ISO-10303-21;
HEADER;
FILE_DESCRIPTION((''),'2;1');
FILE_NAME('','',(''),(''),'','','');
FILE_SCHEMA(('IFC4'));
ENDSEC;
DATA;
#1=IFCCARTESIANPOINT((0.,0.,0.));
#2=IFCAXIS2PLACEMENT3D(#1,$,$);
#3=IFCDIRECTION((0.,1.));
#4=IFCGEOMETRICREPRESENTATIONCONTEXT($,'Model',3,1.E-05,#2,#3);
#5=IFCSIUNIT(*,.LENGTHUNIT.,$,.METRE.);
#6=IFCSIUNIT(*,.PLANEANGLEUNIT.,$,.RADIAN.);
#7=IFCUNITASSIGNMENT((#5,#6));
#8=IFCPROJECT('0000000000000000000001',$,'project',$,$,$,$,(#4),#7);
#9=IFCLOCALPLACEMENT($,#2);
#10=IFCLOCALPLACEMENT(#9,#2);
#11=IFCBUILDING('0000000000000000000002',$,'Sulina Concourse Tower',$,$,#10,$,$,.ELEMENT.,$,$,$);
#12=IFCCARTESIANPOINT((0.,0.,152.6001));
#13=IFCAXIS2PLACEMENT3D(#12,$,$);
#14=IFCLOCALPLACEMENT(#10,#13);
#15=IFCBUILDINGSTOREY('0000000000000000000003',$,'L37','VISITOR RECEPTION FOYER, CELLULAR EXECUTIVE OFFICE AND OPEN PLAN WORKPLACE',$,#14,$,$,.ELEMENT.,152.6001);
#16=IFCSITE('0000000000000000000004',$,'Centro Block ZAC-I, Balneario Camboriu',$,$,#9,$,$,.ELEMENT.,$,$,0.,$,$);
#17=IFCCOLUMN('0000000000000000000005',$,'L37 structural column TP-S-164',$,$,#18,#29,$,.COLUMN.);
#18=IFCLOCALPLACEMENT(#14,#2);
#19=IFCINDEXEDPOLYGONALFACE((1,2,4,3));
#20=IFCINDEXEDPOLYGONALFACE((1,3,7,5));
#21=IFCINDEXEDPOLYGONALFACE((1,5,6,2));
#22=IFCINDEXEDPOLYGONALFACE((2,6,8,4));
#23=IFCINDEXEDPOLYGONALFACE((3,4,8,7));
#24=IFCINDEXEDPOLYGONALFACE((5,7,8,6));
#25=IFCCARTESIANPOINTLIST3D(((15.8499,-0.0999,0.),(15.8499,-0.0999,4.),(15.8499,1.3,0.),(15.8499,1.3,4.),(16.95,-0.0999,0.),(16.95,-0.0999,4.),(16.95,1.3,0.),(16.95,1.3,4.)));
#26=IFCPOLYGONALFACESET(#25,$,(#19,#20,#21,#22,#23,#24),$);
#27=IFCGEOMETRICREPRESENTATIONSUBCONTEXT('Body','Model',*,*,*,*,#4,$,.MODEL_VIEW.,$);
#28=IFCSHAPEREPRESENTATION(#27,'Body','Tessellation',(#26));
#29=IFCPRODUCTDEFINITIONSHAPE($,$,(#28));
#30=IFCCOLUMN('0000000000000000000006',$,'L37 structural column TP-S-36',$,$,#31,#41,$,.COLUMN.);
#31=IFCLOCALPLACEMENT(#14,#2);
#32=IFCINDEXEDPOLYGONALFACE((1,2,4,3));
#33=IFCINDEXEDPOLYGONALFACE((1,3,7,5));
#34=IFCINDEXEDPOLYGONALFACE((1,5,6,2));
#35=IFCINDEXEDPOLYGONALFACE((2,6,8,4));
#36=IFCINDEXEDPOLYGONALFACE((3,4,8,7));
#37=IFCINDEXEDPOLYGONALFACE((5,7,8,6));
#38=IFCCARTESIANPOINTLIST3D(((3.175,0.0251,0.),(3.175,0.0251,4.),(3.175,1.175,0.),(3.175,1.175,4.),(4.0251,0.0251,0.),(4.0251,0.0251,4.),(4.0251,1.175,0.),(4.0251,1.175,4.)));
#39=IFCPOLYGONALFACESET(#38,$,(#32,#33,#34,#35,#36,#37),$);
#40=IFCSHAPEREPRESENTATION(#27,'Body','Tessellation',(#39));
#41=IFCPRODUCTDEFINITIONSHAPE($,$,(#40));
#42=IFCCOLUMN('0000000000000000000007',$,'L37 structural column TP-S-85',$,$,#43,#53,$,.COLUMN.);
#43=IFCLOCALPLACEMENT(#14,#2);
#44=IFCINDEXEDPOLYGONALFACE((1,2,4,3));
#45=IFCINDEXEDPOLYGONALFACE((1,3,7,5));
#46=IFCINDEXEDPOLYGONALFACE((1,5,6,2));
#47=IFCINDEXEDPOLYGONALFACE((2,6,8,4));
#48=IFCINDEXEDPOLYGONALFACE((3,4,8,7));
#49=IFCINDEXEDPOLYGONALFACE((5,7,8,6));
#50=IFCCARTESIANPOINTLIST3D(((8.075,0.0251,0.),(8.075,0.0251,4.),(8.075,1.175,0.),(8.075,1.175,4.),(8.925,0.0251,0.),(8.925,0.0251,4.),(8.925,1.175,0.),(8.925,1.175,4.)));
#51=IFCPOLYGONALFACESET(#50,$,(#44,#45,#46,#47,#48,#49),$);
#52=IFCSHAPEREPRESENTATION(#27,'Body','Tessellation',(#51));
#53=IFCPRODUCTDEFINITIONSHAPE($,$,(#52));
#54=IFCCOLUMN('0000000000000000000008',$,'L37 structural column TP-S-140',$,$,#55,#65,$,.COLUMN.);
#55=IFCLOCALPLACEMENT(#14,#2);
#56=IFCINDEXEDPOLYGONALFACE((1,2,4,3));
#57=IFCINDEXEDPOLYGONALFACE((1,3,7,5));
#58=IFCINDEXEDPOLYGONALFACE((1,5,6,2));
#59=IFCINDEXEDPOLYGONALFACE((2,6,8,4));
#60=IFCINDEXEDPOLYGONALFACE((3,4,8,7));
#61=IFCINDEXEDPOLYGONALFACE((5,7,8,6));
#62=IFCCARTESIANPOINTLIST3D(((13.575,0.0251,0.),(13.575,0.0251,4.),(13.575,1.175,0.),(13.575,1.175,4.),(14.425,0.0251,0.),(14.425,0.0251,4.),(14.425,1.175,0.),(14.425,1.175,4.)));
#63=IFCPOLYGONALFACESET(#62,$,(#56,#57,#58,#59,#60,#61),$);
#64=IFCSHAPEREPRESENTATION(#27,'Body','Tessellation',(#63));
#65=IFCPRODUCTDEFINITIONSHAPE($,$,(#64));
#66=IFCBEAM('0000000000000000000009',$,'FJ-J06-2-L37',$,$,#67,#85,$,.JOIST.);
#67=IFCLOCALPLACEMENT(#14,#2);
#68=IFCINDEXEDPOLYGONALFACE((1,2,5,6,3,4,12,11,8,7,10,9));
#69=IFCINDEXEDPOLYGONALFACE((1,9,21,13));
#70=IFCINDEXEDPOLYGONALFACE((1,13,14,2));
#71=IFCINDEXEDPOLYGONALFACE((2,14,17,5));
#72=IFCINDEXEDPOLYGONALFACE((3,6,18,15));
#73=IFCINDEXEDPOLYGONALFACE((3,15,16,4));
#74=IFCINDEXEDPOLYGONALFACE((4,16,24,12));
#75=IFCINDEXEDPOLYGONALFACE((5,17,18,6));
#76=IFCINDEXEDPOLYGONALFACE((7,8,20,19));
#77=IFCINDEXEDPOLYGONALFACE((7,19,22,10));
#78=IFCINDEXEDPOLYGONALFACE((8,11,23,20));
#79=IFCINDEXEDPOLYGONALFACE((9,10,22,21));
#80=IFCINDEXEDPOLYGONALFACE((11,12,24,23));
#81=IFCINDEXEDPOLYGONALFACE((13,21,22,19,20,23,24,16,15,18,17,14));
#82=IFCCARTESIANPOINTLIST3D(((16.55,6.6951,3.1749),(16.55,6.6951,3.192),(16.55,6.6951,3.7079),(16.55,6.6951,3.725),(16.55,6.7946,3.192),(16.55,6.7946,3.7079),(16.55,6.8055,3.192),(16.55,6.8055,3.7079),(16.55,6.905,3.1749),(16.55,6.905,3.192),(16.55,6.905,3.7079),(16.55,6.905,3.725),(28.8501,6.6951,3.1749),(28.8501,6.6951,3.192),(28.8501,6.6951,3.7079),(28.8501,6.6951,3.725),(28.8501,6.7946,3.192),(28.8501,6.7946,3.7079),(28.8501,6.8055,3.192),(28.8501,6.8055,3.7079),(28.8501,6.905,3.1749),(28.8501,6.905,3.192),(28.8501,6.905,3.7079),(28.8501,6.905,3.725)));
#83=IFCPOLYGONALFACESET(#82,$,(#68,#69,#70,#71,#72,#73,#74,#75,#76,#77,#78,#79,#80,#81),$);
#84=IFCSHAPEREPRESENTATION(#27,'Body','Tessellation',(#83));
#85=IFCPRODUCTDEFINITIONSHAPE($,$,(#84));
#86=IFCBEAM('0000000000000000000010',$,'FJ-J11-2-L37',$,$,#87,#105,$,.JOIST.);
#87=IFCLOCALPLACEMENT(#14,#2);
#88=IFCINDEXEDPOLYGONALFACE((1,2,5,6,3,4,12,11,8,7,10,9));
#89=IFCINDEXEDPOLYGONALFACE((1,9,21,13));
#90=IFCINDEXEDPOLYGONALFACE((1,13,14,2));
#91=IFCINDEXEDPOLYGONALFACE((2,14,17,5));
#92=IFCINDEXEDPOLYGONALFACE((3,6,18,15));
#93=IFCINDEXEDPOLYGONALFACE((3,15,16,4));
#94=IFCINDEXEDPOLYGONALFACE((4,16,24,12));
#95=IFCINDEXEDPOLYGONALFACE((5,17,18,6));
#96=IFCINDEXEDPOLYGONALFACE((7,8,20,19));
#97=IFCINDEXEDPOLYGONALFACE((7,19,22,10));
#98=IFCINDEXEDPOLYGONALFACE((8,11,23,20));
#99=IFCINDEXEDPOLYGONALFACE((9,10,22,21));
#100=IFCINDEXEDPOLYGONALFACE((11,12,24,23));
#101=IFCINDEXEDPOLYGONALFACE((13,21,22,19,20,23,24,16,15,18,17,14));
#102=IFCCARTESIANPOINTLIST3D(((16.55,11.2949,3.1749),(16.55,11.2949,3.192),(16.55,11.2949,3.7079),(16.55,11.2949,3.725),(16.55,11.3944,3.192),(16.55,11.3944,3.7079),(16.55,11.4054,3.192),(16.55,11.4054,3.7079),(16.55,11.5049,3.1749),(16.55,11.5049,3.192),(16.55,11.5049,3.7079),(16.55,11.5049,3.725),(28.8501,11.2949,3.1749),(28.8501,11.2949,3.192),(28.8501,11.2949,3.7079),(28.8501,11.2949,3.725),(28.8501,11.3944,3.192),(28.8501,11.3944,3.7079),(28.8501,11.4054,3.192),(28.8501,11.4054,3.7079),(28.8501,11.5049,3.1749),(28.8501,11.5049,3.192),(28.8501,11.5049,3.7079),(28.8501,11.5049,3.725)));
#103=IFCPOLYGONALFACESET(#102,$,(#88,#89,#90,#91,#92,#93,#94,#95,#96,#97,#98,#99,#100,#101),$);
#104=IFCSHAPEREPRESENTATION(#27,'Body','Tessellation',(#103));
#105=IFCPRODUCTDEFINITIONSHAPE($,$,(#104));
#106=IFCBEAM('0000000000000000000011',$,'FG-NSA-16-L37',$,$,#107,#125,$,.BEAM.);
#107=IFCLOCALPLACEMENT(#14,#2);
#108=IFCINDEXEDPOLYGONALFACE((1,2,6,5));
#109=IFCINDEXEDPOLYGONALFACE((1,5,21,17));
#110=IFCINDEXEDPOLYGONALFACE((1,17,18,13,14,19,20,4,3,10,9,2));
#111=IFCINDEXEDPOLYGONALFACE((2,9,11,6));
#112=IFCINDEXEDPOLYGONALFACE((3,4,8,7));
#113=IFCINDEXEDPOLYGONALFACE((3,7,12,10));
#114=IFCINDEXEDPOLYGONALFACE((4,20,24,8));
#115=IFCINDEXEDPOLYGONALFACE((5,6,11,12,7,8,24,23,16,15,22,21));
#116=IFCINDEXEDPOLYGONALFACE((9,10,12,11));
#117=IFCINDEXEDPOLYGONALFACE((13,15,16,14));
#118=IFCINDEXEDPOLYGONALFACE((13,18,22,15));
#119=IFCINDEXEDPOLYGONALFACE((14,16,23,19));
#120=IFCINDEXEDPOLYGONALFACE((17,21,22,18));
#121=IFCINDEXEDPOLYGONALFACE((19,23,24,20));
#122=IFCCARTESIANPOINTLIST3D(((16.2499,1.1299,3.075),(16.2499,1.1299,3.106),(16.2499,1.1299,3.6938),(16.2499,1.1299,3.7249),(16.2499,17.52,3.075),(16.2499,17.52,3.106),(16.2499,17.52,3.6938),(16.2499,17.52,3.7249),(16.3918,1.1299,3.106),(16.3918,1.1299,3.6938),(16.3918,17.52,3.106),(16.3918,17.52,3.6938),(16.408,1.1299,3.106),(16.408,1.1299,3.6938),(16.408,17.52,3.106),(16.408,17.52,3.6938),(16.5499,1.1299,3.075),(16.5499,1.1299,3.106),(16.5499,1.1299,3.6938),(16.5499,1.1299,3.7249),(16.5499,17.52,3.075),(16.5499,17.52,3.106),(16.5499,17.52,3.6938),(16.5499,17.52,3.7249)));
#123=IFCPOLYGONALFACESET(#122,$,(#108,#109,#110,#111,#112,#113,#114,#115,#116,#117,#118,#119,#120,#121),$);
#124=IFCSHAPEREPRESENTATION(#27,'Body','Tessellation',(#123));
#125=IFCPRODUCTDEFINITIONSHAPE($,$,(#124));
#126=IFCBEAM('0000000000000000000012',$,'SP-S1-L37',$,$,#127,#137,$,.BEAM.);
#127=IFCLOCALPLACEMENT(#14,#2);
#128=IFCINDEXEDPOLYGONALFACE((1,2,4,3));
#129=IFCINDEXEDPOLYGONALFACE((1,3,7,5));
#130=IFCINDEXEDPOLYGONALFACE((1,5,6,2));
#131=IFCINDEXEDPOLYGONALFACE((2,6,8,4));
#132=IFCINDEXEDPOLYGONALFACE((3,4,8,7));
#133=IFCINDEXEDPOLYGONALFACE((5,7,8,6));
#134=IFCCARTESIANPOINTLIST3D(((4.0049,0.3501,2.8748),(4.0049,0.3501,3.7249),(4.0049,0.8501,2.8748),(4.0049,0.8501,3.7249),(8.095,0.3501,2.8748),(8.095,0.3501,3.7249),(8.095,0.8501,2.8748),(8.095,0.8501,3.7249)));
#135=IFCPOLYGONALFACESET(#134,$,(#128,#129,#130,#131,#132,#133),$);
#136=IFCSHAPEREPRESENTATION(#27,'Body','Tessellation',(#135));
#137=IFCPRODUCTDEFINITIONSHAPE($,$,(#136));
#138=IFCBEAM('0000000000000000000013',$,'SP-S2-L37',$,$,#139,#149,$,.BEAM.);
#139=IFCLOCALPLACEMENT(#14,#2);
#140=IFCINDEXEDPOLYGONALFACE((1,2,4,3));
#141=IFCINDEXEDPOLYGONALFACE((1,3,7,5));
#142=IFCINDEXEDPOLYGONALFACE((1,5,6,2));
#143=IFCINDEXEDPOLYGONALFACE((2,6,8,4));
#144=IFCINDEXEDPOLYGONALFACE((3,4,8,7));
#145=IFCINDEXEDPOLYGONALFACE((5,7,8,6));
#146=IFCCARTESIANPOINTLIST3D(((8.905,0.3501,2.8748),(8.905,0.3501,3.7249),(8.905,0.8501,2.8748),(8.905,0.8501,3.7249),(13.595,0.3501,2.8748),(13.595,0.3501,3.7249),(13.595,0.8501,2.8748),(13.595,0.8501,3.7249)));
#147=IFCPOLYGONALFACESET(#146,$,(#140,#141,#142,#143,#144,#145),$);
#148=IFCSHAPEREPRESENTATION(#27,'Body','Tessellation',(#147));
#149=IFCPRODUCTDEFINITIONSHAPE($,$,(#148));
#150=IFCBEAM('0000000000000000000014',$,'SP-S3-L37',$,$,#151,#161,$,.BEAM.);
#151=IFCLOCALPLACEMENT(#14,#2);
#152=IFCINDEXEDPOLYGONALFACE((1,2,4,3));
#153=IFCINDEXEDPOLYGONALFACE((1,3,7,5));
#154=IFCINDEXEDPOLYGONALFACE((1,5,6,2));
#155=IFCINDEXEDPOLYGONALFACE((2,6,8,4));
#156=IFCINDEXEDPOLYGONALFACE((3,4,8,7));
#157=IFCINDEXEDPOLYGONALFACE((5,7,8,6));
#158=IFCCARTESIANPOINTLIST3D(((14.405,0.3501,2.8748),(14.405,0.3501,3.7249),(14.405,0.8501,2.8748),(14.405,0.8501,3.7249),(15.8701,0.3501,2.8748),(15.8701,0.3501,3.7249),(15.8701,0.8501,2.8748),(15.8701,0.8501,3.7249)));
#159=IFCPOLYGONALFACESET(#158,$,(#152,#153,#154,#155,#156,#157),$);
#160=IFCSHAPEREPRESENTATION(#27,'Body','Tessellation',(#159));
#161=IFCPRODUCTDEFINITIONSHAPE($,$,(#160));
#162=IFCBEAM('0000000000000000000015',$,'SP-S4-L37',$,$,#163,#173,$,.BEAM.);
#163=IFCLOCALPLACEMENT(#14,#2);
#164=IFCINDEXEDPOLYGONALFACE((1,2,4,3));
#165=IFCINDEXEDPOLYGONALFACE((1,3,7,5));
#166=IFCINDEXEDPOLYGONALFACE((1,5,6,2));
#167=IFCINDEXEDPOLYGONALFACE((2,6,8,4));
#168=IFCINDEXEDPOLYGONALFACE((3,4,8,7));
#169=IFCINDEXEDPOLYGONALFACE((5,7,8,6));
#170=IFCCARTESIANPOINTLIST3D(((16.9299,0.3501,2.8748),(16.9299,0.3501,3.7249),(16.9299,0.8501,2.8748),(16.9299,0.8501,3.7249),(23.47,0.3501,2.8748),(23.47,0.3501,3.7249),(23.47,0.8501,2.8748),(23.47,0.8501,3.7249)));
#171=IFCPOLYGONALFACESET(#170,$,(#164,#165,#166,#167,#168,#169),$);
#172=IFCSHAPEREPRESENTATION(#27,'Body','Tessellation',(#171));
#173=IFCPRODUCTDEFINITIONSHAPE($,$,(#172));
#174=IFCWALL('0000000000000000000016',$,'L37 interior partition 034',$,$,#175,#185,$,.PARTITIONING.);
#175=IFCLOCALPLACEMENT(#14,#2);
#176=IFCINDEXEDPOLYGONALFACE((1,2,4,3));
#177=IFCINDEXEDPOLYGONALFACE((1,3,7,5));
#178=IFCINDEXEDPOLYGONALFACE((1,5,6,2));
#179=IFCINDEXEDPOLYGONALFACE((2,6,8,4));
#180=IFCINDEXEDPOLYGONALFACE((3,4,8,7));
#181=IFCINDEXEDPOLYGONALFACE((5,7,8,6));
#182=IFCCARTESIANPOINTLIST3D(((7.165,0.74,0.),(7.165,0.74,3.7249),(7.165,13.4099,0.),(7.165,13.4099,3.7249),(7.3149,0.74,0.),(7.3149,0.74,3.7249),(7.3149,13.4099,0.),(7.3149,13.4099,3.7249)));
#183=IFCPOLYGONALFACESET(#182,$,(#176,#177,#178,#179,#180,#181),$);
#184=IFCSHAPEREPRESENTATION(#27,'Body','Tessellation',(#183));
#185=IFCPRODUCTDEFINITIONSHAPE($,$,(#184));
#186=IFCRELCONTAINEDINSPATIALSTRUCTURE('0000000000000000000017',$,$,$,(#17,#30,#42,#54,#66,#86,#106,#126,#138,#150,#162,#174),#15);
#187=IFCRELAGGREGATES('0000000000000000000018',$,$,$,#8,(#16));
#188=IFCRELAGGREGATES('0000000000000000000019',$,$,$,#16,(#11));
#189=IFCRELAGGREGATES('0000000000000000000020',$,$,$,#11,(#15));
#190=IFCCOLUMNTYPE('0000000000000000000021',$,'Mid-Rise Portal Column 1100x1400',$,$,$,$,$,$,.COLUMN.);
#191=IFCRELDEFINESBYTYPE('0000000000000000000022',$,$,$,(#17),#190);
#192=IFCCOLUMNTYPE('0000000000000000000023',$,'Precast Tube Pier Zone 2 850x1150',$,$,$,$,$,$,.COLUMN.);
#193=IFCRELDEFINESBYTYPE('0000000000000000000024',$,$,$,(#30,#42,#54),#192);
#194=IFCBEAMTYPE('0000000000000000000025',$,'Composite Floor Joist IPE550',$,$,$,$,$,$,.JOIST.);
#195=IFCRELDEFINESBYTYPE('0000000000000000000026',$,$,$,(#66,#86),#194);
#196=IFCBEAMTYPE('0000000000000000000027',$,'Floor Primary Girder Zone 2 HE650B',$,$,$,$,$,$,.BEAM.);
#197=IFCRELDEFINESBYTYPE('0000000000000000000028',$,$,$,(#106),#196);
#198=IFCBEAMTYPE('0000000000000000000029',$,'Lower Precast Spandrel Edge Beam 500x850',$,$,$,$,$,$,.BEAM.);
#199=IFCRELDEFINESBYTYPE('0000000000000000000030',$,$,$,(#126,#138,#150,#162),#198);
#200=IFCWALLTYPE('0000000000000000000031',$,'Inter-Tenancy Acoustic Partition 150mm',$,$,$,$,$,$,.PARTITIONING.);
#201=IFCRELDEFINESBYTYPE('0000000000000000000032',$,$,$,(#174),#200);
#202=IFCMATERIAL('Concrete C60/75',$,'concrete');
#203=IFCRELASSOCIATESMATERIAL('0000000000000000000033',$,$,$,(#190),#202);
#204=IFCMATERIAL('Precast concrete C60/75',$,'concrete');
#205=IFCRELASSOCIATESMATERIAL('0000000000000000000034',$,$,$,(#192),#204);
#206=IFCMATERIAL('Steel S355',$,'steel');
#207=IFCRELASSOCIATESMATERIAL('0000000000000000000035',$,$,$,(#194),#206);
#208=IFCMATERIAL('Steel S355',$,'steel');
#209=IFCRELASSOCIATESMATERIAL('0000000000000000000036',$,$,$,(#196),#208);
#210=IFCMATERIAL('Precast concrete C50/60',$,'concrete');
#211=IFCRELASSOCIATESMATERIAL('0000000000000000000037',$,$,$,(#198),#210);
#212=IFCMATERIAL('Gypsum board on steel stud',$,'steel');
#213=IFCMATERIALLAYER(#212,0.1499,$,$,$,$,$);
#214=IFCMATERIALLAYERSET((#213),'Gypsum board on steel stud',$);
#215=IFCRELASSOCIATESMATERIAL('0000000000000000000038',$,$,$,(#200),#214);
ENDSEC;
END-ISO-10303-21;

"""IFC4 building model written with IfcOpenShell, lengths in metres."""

from ifc_helpers import new_model, si_unit, direction, frame, frame_2d, origin, origin_2d, place, context, subcontext, project, spatial, rectangle, i_section, extrude, material, layer, layer_set, material_profile, profile_set, type_object, element, save


model = new_model("IFC4")

# Units and contexts
model_context = context("Model", 3, precision=1e-05, world=origin(), true_north=direction((0.0, 1.0)))
body_context = subcontext(model_context, "Body", "Model", "MODEL_VIEW")
ifc_project = project(units=[si_unit("LENGTHUNIT", "METRE"), si_unit("PLANEANGLEUNIT", "RADIAN")], contexts=[model_context])

# Site, building, storey
site_placement = place(None, origin())
site = spatial("IfcSite", under=ifc_project, at=site_placement, Name="Centro Block ZAC-I, Balneario Camboriu", CompositionType="ELEMENT", RefElevation=0.0)
building_placement = place(site_placement, origin())
building = spatial("IfcBuilding", under=site, at=building_placement, Name="Sulina Concourse Tower", CompositionType="ELEMENT")
storey_placement = place(building_placement, frame((0.0, 0.0, 152.6001)))
storey = spatial("IfcBuildingStorey", under=building, at=storey_placement, Name="L37", Description="VISITOR RECEPTION FOYER, CELLULAR EXECUTIVE OFFICE AND OPEN PLAN WORKPLACE", CompositionType="ELEMENT", Elevation=152.6001)

# Columns
ifc_material_1 = material(Name="Concrete C60/75", Category="concrete")
ifc_material_profile_1 = material_profile(ifc_material_1, rectangle(XDim=1.1001, YDim=1.3999, at=origin_2d()), Name="RC 1100x1400")
ifc_profile_set_1 = profile_set([ifc_material_profile_1], Name="Concrete C60/75")
column_type_1 = type_object("IfcColumnType", Name="Mid-Rise Portal Column 1100x1400", PredefinedType="COLUMN", material=ifc_profile_set_1)
column_placement = place(storey_placement, frame((16.3999, 0.6001, 0.0), z_axis=(0.0, 0.0, 1.0), x_axis=(1.0, 0.0, 0.0)))
element("IfcColumn", 1, at=column_placement, inside=storey, type_object=column_type_1, Name="L37 structural column TP-S-164", PredefinedType="COLUMN", context=body_context, shape_type="SweptSolid", body=[
    extrude(rectangle(XDim=1.1001, YDim=1.3999, at=origin_2d()), origin(), (0.0, 0.0, 1.0), 4.0),
])
ifc_material_2 = material(Name="Precast concrete C60/75", Category="concrete")
ifc_material_profile_2 = material_profile(ifc_material_2, rectangle(XDim=0.8501, YDim=1.1499, at=origin_2d()), Name="PC 850x1150")
ifc_profile_set_2 = profile_set([ifc_material_profile_2], Name="Precast concrete C60/75")
column_type_2 = type_object("IfcColumnType", Name="Precast Tube Pier Zone 2 850x1150", PredefinedType="COLUMN", material=ifc_profile_set_2)
for number, where, z_axis, x_axis, name in (
    (2, (3.6001, 0.6001, 0.0), (0.0, 0.0, 1.0), (1.0, 0.0, 0.0), "L37 structural column TP-S-36"),
    (3, (8.5, 0.6001, 0.0), (0.0, 0.0, 1.0), (1.0, 0.0, 0.0), "L37 structural column TP-S-85"),
    (4, (14.0, 0.6001, 0.0), (0.0, 0.0, 1.0), (1.0, 0.0, 0.0), "L37 structural column TP-S-140"),
):
    element("IfcColumn", number, at=place(storey_placement, frame(where, z_axis=z_axis, x_axis=x_axis)), inside=storey, type_object=column_type_2, Name=name, PredefinedType="COLUMN", context=body_context, shape_type="SweptSolid", body=[
        extrude(rectangle(XDim=0.8501, YDim=1.1499, at=origin_2d()), origin(), (0.0, 0.0, 1.0), 4.0),
    ])

# Beams
ifc_material_3 = material(Name="Steel S355", Category="steel")
ifc_material_profile_3 = material_profile(ifc_material_3, i_section(OverallWidth=0.21, OverallDepth=0.55, WebThickness=0.011, FlangeThickness=0.0171, at=origin_2d()), Name="IPE 550")
ifc_profile_set_3 = profile_set([ifc_material_profile_3], Name="Steel S355")
beam_type_1 = type_object("IfcBeamType", Name="Composite Floor Joist IPE550", PredefinedType="JOIST", material=ifc_profile_set_3)
for number, where, z_axis, x_axis, name in (
    (5, (16.55, 6.8, 3.45), (1.0, 0.0, 0.0), (0.0, 1.0, 0.0), "FJ-J06-2-L37"),
    (6, (16.55, 11.3999, 3.45), (1.0, 0.0, 0.0), (0.0, 1.0, 0.0), "FJ-J11-2-L37"),
):
    element("IfcBeam", number, at=place(storey_placement, frame(where, z_axis=z_axis, x_axis=x_axis)), inside=storey, type_object=beam_type_1, Name=name, PredefinedType="JOIST", context=body_context, shape_type="SweptSolid", body=[
        extrude(i_section(OverallWidth=0.21, OverallDepth=0.55, WebThickness=0.011, FlangeThickness=0.0171, at=origin_2d()), origin(), (0.0, 0.0, 1.0), 12.3),
    ])
ifc_material_4 = material(Name="Steel S355", Category="steel")
ifc_material_profile_4 = material_profile(ifc_material_4, i_section(OverallWidth=0.3, OverallDepth=0.6499, WebThickness=0.0161, FlangeThickness=0.031, at=origin_2d()), Name="HE 650 B")
ifc_profile_set_4 = profile_set([ifc_material_profile_4], Name="Steel S355")
beam_type_2 = type_object("IfcBeamType", Name="Floor Primary Girder Zone 2 HE650B", PredefinedType="BEAM", material=ifc_profile_set_4)
beam_1_placement = place(storey_placement, frame((16.3999, 1.1299, 3.3999), z_axis=(0.0, 1.0, 0.0), x_axis=(-1.0, 0.0, 0.0)))
element("IfcBeam", 7, at=beam_1_placement, inside=storey, type_object=beam_type_2, Name="FG-NSA-16-L37", PredefinedType="BEAM", context=body_context, shape_type="SweptSolid", body=[
    extrude(i_section(OverallWidth=0.3, OverallDepth=0.6499, WebThickness=0.0161, FlangeThickness=0.031, at=origin_2d()), origin(), (0.0, 0.0, 1.0), 16.3901),
])
ifc_material_5 = material(Name="Precast concrete C50/60", Category="concrete")
ifc_material_profile_5 = material_profile(ifc_material_5, rectangle(XDim=0.5, YDim=0.8501, at=origin_2d()), Name="RC 500x850")
ifc_profile_set_5 = profile_set([ifc_material_profile_5], Name="Precast concrete C50/60")
beam_type_3 = type_object("IfcBeamType", Name="Lower Precast Spandrel Edge Beam 500x850", PredefinedType="BEAM", material=ifc_profile_set_5)
beam_2_placement = place(storey_placement, frame((4.0049, 0.6001, 3.2998), z_axis=(1.0, 0.0, 0.0), x_axis=(0.0, 1.0, 0.0)))
element("IfcBeam", 8, at=beam_2_placement, inside=storey, type_object=beam_type_3, Name="SP-S1-L37", PredefinedType="BEAM", context=body_context, shape_type="SweptSolid", body=[
    extrude(rectangle(XDim=0.5, YDim=0.8501, at=origin_2d()), origin(), (0.0, 0.0, 1.0), 4.0901),
])
beam_3_placement = place(storey_placement, frame((8.905, 0.6001, 3.2998), z_axis=(1.0, 0.0, 0.0), x_axis=(0.0, 1.0, 0.0)))
element("IfcBeam", 9, at=beam_3_placement, inside=storey, type_object=beam_type_3, Name="SP-S2-L37", PredefinedType="BEAM", context=body_context, shape_type="SweptSolid", body=[
    extrude(rectangle(XDim=0.5, YDim=0.8501, at=origin_2d()), origin(), (0.0, 0.0, 1.0), 4.6899),
])
beam_4_placement = place(storey_placement, frame((14.405, 0.6001, 3.2998), z_axis=(1.0, 0.0, 0.0), x_axis=(0.0, 1.0, 0.0)))
element("IfcBeam", 10, at=beam_4_placement, inside=storey, type_object=beam_type_3, Name="SP-S3-L37", PredefinedType="BEAM", context=body_context, shape_type="SweptSolid", body=[
    extrude(rectangle(XDim=0.5, YDim=0.8501, at=origin_2d()), origin(), (0.0, 0.0, 1.0), 1.4651),
])
beam_5_placement = place(storey_placement, frame((16.9299, 0.6001, 3.2998), z_axis=(1.0, 0.0, 0.0), x_axis=(0.0, 1.0, 0.0)))
element("IfcBeam", 11, at=beam_5_placement, inside=storey, type_object=beam_type_3, Name="SP-S4-L37", PredefinedType="BEAM", context=body_context, shape_type="SweptSolid", body=[
    extrude(rectangle(XDim=0.5, YDim=0.8501, at=origin_2d()), origin(), (0.0, 0.0, 1.0), 6.54),
])

# Wall
ifc_material_6 = material(Name="Gypsum board on steel stud", Category="steel")
ifc_layer_1 = layer(ifc_material_6, 0.1499)
ifc_layer_set_1 = layer_set([ifc_layer_1], Name="Gypsum board on steel stud")
wall_type_1 = type_object("IfcWallType", Name="Inter-Tenancy Acoustic Partition 150mm", PredefinedType="PARTITIONING", material=ifc_layer_set_1)
for number, where, z_axis, x_axis, name in (
    (12, (7.24, 0.74, 0.0), (0.0, 0.0, 1.0), (0.0, 1.0, 0.0), "L37 interior partition 034"),
):
    element("IfcWall", number, at=place(storey_placement, frame(where, z_axis=z_axis, x_axis=x_axis)), inside=storey, type_object=wall_type_1, Name=name, PredefinedType="PARTITIONING", context=body_context, shape_type="SweptSolid", body=[
        extrude(rectangle(XDim=12.6699, YDim=0.1499, at=frame_2d((6.335, 0.0))), origin(), (0.0, 0.0, 1.0), 3.7249),
    ])

save(model, "model.ifc")
